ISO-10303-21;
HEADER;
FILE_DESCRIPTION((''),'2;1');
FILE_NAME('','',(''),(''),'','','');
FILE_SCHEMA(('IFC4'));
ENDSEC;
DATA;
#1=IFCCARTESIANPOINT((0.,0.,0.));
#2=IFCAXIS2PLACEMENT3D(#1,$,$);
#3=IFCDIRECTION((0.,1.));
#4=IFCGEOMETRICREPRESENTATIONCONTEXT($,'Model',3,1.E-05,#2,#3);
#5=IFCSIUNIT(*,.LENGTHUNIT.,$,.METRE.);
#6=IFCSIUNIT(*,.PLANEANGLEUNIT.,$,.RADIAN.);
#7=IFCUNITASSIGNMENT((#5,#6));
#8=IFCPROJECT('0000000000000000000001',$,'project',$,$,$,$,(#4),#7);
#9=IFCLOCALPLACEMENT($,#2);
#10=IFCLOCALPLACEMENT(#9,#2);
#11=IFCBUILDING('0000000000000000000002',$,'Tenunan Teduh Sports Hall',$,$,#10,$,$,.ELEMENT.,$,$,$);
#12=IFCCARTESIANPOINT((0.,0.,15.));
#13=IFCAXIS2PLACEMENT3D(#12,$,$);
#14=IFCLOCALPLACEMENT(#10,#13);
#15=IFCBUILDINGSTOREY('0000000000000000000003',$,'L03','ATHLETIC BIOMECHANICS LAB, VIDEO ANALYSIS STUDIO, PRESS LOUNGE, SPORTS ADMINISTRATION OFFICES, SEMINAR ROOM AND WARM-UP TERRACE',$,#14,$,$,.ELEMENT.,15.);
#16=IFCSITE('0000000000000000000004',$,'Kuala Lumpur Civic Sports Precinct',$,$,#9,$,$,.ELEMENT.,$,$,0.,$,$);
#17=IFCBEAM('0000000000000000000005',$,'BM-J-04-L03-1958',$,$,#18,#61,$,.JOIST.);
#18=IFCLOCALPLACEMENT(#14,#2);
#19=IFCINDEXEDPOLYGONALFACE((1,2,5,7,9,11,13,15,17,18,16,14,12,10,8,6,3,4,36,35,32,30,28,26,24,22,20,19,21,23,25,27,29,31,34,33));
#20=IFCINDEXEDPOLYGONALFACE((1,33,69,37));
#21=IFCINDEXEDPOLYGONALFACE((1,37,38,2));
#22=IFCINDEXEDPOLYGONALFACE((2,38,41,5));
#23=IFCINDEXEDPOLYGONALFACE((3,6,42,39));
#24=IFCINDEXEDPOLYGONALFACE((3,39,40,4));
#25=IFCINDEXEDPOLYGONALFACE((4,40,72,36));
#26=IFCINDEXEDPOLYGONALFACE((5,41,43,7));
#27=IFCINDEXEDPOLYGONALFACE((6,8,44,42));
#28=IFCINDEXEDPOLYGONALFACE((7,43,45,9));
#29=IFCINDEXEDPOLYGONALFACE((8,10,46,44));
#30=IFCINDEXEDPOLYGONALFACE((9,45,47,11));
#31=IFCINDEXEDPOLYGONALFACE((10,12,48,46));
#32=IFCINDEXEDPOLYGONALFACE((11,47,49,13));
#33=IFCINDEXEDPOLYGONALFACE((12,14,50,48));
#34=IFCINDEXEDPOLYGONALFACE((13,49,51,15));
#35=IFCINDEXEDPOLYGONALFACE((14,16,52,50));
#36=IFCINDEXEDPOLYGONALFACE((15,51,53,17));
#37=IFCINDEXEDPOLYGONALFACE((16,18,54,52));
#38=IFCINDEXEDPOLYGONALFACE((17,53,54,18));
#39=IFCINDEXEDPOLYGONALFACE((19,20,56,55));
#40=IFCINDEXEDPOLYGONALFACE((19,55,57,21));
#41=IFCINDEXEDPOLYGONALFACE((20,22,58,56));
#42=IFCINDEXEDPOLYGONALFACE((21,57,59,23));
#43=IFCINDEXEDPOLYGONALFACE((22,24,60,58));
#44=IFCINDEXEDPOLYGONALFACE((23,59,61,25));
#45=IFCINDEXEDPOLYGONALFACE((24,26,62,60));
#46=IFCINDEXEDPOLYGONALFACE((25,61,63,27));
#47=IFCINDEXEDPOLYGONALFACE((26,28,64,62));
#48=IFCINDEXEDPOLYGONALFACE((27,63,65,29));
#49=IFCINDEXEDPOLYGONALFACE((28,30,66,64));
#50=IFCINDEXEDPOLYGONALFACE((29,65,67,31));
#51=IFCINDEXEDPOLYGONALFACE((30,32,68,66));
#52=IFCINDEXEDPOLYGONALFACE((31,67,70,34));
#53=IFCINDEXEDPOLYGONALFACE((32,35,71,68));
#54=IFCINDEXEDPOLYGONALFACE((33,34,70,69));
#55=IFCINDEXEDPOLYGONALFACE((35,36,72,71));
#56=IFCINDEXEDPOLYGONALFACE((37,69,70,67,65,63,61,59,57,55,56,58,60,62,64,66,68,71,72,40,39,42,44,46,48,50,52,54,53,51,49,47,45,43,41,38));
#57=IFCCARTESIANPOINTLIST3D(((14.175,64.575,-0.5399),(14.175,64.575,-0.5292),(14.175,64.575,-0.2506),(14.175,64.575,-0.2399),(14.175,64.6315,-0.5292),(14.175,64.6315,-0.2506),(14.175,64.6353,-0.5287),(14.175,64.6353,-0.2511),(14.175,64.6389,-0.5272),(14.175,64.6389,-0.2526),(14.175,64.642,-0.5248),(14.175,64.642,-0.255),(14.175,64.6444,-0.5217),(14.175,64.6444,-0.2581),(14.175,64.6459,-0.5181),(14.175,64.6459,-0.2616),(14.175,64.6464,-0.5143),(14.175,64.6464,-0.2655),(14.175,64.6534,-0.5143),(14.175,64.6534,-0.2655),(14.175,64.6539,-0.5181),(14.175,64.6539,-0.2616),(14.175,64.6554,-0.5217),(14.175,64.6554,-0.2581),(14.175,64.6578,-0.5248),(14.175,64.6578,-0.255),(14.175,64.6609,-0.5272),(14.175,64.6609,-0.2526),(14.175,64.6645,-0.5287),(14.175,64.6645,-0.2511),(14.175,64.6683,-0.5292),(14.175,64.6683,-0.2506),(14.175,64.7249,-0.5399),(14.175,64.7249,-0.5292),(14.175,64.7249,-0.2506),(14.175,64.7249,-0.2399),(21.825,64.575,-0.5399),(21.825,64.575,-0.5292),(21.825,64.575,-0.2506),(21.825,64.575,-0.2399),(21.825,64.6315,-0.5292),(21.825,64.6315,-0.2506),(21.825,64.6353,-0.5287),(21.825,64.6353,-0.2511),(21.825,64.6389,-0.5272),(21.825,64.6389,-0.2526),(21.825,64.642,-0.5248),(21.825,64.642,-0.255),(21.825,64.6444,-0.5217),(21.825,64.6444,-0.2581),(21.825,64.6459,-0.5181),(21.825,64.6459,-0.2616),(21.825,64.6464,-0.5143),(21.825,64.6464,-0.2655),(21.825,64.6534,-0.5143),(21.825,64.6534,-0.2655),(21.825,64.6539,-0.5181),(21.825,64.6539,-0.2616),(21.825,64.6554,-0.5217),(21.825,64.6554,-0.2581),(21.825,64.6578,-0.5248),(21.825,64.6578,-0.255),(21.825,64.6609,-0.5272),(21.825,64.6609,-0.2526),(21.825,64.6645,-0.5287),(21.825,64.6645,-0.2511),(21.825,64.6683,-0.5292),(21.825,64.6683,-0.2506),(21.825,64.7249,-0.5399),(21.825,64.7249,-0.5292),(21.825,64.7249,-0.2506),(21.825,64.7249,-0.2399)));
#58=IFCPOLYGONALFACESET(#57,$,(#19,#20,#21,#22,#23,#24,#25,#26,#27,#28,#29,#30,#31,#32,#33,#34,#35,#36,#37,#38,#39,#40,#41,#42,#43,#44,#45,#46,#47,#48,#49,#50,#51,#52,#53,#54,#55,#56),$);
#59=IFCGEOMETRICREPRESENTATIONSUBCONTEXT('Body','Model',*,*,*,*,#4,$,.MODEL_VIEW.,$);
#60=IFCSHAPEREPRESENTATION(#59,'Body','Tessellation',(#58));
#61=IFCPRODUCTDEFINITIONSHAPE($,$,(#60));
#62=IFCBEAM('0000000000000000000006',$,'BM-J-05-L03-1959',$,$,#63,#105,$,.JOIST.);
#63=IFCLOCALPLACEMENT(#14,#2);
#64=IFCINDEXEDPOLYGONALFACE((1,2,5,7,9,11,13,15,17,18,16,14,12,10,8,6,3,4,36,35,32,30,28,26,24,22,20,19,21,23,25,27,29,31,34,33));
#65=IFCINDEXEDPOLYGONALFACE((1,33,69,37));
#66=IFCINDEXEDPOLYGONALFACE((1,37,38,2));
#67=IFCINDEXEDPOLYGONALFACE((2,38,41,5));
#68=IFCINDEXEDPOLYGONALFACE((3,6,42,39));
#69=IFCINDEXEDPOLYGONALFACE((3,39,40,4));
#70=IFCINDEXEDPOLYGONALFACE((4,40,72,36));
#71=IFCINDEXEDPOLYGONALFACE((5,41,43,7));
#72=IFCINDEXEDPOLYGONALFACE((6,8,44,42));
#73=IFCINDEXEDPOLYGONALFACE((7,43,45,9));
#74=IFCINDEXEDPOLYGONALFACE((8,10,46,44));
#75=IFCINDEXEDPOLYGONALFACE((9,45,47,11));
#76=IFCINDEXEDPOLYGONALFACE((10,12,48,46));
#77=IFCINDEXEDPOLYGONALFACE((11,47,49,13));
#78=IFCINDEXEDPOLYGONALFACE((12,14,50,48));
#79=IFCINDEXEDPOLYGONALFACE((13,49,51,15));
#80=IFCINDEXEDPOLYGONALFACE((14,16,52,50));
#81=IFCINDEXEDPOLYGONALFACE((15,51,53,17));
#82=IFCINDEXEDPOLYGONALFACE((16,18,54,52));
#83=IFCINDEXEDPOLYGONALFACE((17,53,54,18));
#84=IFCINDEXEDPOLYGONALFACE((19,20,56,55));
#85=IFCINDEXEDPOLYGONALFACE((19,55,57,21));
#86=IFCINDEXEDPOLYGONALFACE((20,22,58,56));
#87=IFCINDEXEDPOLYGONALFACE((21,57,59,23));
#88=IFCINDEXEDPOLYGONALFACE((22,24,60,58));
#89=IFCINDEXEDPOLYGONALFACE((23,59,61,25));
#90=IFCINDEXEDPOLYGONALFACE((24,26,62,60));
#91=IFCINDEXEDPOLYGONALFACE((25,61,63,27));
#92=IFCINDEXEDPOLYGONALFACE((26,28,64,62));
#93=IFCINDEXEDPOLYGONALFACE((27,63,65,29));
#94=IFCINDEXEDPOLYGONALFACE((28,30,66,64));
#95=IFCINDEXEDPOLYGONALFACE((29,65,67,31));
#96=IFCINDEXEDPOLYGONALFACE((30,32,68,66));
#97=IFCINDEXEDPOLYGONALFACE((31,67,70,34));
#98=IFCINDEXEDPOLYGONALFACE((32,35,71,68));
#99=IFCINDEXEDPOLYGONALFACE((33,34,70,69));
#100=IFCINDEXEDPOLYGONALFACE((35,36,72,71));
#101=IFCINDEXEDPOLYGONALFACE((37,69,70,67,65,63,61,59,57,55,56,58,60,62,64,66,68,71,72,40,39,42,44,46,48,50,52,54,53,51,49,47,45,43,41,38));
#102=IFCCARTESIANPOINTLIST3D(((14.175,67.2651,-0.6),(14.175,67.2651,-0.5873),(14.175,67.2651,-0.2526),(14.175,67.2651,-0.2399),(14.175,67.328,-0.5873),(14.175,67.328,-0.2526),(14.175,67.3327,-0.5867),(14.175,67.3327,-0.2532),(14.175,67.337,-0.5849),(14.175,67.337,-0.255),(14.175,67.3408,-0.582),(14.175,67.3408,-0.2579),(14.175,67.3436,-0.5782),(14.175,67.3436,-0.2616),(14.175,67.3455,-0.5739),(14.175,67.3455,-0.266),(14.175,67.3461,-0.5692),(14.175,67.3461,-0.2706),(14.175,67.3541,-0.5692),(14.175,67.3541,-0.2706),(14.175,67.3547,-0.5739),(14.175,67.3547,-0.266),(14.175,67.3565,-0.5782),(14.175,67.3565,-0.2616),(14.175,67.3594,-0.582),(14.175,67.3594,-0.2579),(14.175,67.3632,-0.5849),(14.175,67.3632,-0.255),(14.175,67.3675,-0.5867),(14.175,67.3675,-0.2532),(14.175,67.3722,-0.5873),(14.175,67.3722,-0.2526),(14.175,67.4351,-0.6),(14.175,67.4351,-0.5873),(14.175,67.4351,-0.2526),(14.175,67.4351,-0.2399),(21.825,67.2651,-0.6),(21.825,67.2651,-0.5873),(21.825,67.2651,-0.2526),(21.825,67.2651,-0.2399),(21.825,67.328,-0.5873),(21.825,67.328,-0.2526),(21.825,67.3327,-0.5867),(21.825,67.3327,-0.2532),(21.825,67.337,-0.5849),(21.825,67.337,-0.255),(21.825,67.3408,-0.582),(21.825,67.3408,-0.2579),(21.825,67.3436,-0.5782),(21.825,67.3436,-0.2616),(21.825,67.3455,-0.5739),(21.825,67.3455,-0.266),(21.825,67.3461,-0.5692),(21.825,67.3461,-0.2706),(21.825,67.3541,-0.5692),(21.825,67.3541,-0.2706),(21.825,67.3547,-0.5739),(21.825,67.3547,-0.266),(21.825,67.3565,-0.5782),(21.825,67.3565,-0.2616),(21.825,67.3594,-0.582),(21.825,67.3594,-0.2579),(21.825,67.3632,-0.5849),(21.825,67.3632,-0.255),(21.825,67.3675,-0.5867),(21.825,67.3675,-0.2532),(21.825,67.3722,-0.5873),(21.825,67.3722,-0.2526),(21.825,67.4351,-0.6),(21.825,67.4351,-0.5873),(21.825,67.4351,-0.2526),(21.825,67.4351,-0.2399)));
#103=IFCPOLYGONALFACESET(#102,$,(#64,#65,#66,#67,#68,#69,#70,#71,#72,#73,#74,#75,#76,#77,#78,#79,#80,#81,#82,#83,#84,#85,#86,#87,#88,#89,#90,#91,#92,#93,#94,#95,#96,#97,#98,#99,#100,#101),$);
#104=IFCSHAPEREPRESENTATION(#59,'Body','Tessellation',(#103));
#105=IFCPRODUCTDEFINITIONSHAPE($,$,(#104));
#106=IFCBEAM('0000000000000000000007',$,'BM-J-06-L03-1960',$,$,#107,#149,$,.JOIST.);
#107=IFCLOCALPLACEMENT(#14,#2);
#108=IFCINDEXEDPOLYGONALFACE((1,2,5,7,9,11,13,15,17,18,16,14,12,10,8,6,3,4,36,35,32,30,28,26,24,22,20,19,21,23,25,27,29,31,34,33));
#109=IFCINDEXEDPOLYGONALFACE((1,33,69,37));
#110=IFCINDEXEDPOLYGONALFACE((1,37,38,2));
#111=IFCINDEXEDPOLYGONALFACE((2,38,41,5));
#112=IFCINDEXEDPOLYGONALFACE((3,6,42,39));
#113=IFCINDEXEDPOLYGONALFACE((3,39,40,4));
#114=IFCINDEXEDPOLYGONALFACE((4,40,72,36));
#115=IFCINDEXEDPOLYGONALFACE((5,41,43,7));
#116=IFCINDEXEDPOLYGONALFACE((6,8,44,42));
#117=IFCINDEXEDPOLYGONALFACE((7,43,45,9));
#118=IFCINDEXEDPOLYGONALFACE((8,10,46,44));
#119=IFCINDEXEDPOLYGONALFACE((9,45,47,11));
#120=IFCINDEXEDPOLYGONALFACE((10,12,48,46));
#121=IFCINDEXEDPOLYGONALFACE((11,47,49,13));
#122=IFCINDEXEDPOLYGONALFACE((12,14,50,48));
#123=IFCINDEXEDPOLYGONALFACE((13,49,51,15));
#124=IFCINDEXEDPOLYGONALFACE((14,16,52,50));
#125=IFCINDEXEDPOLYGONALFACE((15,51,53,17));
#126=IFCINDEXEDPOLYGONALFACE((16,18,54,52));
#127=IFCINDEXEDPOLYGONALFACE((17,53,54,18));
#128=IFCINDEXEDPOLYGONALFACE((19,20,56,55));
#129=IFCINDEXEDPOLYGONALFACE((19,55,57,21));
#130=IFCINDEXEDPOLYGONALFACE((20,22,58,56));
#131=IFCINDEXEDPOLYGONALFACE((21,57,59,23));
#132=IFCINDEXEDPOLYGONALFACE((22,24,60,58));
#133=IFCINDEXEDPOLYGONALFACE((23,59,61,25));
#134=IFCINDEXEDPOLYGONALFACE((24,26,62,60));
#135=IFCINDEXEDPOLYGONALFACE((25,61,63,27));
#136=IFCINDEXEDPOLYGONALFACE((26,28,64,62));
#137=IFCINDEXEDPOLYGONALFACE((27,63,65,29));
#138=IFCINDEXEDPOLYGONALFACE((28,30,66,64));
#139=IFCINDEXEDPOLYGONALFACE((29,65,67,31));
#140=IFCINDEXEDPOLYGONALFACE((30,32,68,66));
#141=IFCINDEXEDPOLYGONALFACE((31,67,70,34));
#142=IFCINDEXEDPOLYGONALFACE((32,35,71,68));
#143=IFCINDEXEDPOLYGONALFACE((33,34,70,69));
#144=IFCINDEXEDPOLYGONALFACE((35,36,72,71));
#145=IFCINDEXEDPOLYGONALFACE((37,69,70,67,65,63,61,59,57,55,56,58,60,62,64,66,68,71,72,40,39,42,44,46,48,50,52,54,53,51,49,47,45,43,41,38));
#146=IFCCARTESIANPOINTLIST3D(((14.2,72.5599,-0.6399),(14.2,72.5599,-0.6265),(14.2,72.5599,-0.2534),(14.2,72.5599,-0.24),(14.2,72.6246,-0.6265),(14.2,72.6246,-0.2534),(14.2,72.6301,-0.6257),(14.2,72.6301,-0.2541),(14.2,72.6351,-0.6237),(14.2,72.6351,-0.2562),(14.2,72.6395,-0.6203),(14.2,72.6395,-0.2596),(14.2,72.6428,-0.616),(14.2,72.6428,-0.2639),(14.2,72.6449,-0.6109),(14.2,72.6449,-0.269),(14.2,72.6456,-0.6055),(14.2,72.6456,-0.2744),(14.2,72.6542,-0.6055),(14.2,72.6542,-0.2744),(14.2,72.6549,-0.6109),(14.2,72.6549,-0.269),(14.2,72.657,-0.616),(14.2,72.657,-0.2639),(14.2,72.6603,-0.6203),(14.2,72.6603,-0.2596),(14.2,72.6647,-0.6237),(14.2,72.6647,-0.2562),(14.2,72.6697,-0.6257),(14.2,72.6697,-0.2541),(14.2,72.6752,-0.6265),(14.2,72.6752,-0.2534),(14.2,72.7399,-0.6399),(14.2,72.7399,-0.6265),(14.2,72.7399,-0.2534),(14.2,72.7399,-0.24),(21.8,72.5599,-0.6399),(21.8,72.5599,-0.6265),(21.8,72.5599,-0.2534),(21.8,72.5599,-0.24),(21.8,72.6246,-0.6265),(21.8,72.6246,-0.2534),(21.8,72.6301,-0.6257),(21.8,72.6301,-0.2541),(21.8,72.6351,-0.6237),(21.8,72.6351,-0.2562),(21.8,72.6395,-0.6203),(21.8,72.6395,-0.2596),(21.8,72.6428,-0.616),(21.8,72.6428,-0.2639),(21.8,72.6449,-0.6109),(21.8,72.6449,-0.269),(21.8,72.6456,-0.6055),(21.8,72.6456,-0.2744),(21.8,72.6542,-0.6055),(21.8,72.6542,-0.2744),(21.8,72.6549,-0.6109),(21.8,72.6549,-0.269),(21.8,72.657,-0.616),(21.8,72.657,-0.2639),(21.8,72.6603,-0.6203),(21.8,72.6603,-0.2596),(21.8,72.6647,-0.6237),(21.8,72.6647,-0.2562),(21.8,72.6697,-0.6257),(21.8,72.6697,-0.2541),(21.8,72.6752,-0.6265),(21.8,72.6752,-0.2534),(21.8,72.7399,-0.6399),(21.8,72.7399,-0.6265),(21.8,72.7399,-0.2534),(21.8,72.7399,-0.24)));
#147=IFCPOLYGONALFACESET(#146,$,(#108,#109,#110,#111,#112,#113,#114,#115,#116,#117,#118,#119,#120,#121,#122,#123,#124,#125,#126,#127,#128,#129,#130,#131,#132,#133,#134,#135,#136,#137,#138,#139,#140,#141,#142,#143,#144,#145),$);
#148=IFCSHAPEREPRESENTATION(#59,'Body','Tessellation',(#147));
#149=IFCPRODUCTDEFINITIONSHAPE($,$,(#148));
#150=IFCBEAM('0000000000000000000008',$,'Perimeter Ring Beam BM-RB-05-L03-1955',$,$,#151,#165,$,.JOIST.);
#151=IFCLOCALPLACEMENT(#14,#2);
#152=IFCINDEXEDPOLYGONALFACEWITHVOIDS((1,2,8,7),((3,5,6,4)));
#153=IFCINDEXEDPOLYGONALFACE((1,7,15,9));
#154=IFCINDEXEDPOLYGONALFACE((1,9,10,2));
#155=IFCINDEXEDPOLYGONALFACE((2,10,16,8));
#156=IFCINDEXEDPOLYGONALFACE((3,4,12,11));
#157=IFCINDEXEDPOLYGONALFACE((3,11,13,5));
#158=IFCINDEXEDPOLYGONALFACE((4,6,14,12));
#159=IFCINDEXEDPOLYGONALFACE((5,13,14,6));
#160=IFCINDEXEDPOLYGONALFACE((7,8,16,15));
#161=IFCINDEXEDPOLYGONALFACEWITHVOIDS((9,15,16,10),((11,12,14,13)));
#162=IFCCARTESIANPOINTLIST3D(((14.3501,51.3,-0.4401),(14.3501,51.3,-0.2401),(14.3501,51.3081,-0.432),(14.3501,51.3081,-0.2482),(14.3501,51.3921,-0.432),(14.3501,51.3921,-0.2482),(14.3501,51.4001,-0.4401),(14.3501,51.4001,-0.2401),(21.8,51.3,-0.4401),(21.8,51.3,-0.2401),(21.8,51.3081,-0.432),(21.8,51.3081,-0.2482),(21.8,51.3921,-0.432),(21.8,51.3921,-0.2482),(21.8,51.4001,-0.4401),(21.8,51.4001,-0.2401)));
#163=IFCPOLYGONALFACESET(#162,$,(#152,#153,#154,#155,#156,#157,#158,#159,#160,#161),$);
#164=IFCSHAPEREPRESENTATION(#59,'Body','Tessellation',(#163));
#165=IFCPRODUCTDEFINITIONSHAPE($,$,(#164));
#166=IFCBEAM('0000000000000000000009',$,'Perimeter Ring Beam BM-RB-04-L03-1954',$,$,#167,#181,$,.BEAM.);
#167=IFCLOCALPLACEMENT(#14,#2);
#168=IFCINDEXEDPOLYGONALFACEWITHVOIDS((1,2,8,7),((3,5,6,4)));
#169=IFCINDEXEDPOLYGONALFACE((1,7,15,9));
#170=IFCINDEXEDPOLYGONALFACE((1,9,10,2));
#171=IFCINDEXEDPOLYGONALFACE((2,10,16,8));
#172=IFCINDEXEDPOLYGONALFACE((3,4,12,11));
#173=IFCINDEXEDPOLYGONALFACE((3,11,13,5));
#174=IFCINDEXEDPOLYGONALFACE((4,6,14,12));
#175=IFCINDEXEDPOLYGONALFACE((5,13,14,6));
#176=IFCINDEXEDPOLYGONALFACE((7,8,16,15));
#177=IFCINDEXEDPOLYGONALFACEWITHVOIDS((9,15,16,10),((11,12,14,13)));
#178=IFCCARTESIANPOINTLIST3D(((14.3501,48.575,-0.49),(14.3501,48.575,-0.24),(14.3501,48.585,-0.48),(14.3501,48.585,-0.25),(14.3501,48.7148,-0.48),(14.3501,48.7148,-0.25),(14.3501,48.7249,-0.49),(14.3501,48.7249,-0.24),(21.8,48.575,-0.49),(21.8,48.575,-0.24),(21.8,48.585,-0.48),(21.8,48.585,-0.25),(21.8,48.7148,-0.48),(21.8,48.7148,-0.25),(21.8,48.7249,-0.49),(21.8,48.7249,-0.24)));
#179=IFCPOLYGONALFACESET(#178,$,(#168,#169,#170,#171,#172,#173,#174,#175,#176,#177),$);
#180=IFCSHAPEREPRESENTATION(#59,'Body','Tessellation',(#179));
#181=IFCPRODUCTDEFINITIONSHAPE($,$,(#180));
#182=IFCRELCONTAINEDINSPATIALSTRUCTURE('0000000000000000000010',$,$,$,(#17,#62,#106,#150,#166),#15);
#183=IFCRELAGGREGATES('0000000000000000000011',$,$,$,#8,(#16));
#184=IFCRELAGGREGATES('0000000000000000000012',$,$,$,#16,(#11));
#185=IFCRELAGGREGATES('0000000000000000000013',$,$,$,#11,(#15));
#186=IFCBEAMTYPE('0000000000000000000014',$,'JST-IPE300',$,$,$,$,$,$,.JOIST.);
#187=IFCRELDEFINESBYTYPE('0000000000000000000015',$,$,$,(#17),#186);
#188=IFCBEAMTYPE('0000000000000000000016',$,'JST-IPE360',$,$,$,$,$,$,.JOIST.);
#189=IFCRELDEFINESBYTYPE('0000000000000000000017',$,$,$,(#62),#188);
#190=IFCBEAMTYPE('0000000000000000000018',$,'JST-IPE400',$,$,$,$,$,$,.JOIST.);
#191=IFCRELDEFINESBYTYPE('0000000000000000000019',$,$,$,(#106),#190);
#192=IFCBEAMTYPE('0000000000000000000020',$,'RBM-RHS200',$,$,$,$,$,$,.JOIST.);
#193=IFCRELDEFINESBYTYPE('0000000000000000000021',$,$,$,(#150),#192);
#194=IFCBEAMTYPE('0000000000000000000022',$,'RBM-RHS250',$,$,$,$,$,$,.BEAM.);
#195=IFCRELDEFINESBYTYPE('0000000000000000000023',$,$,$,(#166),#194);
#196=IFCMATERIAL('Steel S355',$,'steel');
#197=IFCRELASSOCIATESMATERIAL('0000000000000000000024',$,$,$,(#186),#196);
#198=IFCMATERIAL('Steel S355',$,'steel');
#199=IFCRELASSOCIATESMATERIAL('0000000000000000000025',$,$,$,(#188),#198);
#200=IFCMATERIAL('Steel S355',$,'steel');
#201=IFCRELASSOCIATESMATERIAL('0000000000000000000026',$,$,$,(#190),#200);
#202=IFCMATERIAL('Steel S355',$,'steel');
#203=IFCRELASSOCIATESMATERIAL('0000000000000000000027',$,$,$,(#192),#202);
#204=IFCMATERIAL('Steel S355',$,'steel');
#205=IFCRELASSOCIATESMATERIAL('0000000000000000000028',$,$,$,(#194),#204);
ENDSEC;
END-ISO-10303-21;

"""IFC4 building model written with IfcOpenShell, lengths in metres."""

from ifc_helpers import new_model, si_unit, direction, frame, origin, origin_2d, place, context, subcontext, project, spatial, hollow_rectangle, i_section, extrude, material, material_profile, profile_set, type_object, element, save


model = new_model("IFC4")

# Units and contexts
model_context = context("Model", 3, precision=1e-05, world=origin(), true_north=direction((0.0, 1.0)))
body_context = subcontext(model_context, "Body", "Model", "MODEL_VIEW")
ifc_project = project(units=[si_unit("LENGTHUNIT", "METRE"), si_unit("PLANEANGLEUNIT", "RADIAN")], contexts=[model_context])

# Site, building, storey
site_placement = place(None, origin())
site = spatial("IfcSite", under=ifc_project, at=site_placement, Name="Kuala Lumpur Civic Sports Precinct", CompositionType="ELEMENT", RefElevation=0.0)
building_placement = place(site_placement, origin())
building = spatial("IfcBuilding", under=site, at=building_placement, Name="Tenunan Teduh Sports Hall", CompositionType="ELEMENT")
storey_placement = place(building_placement, frame((0.0, 0.0, 15.0)))
storey = spatial("IfcBuildingStorey", under=building, at=storey_placement, Name="L03", Description="ATHLETIC BIOMECHANICS LAB, VIDEO ANALYSIS STUDIO, PRESS LOUNGE, SPORTS ADMINISTRATION OFFICES, SEMINAR ROOM AND WARM-UP TERRACE", CompositionType="ELEMENT", Elevation=15.0)

# Beams
ifc_material_1 = material(Name="Steel S355", Category="steel")
ifc_material_profile_1 = material_profile(ifc_material_1, i_section(OverallWidth=0.1499, OverallDepth=0.3, WebThickness=0.0071, FlangeThickness=0.0107, FilletRadius=0.0149, at=origin_2d()), Name="IPE 300")
ifc_profile_set_1 = profile_set([ifc_material_profile_1], Name="Steel S355")
beam_type_1 = type_object("IfcBeamType", Name="JST-IPE300", PredefinedType="JOIST", material=ifc_profile_set_1)
beam_1_placement = place(storey_placement, frame((14.175, 64.6499, -0.3899), z_axis=(1.0, 0.0, 0.0), x_axis=(0.0, 1.0, 0.0)))
element("IfcBeam", 1, at=beam_1_placement, inside=storey, type_object=beam_type_1, Name="BM-J-04-L03-1958", PredefinedType="JOIST", context=body_context, shape_type="SweptSolid", body=[
    extrude(i_section(OverallWidth=0.1499, OverallDepth=0.3, WebThickness=0.0071, FlangeThickness=0.0107, FilletRadius=0.0149, at=origin_2d()), origin(), (0.0, 0.0, 1.0), 7.6499),
])
ifc_material_2 = material(Name="Steel S355", Category="steel")
ifc_material_profile_2 = material_profile(ifc_material_2, i_section(OverallWidth=0.1699, OverallDepth=0.3601, WebThickness=0.0081, FlangeThickness=0.0127, FilletRadius=0.0181, at=origin_2d()), Name="IPE 360")
ifc_profile_set_2 = profile_set([ifc_material_profile_2], Name="Steel S355")
beam_type_2 = type_object("IfcBeamType", Name="JST-IPE360", PredefinedType="JOIST", material=ifc_profile_set_2)
beam_2_placement = place(storey_placement, frame((14.175, 67.3501, -0.4199), z_axis=(1.0, 0.0, 0.0), x_axis=(0.0, 1.0, 0.0)))
element("IfcBeam", 2, at=beam_2_placement, inside=storey, type_object=beam_type_2, Name="BM-J-05-L03-1959", PredefinedType="JOIST", context=body_context, shape_type="SweptSolid", body=[
    extrude(i_section(OverallWidth=0.1699, OverallDepth=0.3601, WebThickness=0.0081, FlangeThickness=0.0127, FilletRadius=0.0181, at=origin_2d()), origin(), (0.0, 0.0, 1.0), 7.6499),
])
ifc_material_3 = material(Name="Steel S355", Category="steel")
ifc_material_profile_3 = material_profile(ifc_material_3, i_section(OverallWidth=0.1799, OverallDepth=0.3999, WebThickness=0.0085, FlangeThickness=0.0134, FilletRadius=0.021, at=origin_2d()), Name="IPE 400")
ifc_profile_set_3 = profile_set([ifc_material_profile_3], Name="Steel S355")
beam_type_3 = type_object("IfcBeamType", Name="JST-IPE400", PredefinedType="JOIST", material=ifc_profile_set_3)
beam_3_placement = place(storey_placement, frame((14.2, 72.6499, -0.4399), z_axis=(1.0, 0.0, 0.0), x_axis=(0.0, 1.0, 0.0)))
element("IfcBeam", 3, at=beam_3_placement, inside=storey, type_object=beam_type_3, Name="BM-J-06-L03-1960", PredefinedType="JOIST", context=body_context, shape_type="SweptSolid", body=[
    extrude(i_section(OverallWidth=0.1799, OverallDepth=0.3999, WebThickness=0.0085, FlangeThickness=0.0134, FilletRadius=0.021, at=origin_2d()), origin(), (0.0, 0.0, 1.0), 7.6001),
])
ifc_material_4 = material(Name="Steel S355", Category="steel")
ifc_material_profile_4 = material_profile(ifc_material_4, hollow_rectangle(XDim=0.1001, YDim=0.2, WallThickness=0.0081, at=origin_2d()), Name="RHS 200x100x8.0")
ifc_profile_set_4 = profile_set([ifc_material_profile_4], Name="Steel S355")
beam_type_4 = type_object("IfcBeamType", Name="RBM-RHS200", PredefinedType="JOIST", material=ifc_profile_set_4)
beam_4_placement = place(storey_placement, frame((14.3501, 51.3501, -0.3401), z_axis=(1.0, 0.0, 0.0), x_axis=(0.0, 1.0, 0.0)))
element("IfcBeam", 4, at=beam_4_placement, inside=storey, type_object=beam_type_4, Name="Perimeter Ring Beam BM-RB-05-L03-1955", PredefinedType="JOIST", context=body_context, shape_type="SweptSolid", body=[
    extrude(hollow_rectangle(XDim=0.1001, YDim=0.2, WallThickness=0.0081, at=origin_2d()), origin(), (0.0, 0.0, 1.0), 7.45),
])
ifc_material_5 = material(Name="Steel S355", Category="steel")
ifc_material_profile_5 = material_profile(ifc_material_5, hollow_rectangle(XDim=0.1499, YDim=0.25, WallThickness=0.01, at=origin_2d()), Name="RHS 250x150x10.0")
ifc_profile_set_5 = profile_set([ifc_material_profile_5], Name="Steel S355")
beam_type_5 = type_object("IfcBeamType", Name="RBM-RHS250", PredefinedType="BEAM", material=ifc_profile_set_5)
beam_5_placement = place(storey_placement, frame((14.3501, 48.6499, -0.365), z_axis=(1.0, 0.0, 0.0), x_axis=(0.0, 1.0, 0.0)))
element("IfcBeam", 5, at=beam_5_placement, inside=storey, type_object=beam_type_5, Name="Perimeter Ring Beam BM-RB-04-L03-1954", PredefinedType="BEAM", context=body_context, shape_type="SweptSolid", body=[
    extrude(hollow_rectangle(XDim=0.1499, YDim=0.25, WallThickness=0.01, at=origin_2d()), origin(), (0.0, 0.0, 1.0), 7.45),
])

save(model, "model.ifc")
